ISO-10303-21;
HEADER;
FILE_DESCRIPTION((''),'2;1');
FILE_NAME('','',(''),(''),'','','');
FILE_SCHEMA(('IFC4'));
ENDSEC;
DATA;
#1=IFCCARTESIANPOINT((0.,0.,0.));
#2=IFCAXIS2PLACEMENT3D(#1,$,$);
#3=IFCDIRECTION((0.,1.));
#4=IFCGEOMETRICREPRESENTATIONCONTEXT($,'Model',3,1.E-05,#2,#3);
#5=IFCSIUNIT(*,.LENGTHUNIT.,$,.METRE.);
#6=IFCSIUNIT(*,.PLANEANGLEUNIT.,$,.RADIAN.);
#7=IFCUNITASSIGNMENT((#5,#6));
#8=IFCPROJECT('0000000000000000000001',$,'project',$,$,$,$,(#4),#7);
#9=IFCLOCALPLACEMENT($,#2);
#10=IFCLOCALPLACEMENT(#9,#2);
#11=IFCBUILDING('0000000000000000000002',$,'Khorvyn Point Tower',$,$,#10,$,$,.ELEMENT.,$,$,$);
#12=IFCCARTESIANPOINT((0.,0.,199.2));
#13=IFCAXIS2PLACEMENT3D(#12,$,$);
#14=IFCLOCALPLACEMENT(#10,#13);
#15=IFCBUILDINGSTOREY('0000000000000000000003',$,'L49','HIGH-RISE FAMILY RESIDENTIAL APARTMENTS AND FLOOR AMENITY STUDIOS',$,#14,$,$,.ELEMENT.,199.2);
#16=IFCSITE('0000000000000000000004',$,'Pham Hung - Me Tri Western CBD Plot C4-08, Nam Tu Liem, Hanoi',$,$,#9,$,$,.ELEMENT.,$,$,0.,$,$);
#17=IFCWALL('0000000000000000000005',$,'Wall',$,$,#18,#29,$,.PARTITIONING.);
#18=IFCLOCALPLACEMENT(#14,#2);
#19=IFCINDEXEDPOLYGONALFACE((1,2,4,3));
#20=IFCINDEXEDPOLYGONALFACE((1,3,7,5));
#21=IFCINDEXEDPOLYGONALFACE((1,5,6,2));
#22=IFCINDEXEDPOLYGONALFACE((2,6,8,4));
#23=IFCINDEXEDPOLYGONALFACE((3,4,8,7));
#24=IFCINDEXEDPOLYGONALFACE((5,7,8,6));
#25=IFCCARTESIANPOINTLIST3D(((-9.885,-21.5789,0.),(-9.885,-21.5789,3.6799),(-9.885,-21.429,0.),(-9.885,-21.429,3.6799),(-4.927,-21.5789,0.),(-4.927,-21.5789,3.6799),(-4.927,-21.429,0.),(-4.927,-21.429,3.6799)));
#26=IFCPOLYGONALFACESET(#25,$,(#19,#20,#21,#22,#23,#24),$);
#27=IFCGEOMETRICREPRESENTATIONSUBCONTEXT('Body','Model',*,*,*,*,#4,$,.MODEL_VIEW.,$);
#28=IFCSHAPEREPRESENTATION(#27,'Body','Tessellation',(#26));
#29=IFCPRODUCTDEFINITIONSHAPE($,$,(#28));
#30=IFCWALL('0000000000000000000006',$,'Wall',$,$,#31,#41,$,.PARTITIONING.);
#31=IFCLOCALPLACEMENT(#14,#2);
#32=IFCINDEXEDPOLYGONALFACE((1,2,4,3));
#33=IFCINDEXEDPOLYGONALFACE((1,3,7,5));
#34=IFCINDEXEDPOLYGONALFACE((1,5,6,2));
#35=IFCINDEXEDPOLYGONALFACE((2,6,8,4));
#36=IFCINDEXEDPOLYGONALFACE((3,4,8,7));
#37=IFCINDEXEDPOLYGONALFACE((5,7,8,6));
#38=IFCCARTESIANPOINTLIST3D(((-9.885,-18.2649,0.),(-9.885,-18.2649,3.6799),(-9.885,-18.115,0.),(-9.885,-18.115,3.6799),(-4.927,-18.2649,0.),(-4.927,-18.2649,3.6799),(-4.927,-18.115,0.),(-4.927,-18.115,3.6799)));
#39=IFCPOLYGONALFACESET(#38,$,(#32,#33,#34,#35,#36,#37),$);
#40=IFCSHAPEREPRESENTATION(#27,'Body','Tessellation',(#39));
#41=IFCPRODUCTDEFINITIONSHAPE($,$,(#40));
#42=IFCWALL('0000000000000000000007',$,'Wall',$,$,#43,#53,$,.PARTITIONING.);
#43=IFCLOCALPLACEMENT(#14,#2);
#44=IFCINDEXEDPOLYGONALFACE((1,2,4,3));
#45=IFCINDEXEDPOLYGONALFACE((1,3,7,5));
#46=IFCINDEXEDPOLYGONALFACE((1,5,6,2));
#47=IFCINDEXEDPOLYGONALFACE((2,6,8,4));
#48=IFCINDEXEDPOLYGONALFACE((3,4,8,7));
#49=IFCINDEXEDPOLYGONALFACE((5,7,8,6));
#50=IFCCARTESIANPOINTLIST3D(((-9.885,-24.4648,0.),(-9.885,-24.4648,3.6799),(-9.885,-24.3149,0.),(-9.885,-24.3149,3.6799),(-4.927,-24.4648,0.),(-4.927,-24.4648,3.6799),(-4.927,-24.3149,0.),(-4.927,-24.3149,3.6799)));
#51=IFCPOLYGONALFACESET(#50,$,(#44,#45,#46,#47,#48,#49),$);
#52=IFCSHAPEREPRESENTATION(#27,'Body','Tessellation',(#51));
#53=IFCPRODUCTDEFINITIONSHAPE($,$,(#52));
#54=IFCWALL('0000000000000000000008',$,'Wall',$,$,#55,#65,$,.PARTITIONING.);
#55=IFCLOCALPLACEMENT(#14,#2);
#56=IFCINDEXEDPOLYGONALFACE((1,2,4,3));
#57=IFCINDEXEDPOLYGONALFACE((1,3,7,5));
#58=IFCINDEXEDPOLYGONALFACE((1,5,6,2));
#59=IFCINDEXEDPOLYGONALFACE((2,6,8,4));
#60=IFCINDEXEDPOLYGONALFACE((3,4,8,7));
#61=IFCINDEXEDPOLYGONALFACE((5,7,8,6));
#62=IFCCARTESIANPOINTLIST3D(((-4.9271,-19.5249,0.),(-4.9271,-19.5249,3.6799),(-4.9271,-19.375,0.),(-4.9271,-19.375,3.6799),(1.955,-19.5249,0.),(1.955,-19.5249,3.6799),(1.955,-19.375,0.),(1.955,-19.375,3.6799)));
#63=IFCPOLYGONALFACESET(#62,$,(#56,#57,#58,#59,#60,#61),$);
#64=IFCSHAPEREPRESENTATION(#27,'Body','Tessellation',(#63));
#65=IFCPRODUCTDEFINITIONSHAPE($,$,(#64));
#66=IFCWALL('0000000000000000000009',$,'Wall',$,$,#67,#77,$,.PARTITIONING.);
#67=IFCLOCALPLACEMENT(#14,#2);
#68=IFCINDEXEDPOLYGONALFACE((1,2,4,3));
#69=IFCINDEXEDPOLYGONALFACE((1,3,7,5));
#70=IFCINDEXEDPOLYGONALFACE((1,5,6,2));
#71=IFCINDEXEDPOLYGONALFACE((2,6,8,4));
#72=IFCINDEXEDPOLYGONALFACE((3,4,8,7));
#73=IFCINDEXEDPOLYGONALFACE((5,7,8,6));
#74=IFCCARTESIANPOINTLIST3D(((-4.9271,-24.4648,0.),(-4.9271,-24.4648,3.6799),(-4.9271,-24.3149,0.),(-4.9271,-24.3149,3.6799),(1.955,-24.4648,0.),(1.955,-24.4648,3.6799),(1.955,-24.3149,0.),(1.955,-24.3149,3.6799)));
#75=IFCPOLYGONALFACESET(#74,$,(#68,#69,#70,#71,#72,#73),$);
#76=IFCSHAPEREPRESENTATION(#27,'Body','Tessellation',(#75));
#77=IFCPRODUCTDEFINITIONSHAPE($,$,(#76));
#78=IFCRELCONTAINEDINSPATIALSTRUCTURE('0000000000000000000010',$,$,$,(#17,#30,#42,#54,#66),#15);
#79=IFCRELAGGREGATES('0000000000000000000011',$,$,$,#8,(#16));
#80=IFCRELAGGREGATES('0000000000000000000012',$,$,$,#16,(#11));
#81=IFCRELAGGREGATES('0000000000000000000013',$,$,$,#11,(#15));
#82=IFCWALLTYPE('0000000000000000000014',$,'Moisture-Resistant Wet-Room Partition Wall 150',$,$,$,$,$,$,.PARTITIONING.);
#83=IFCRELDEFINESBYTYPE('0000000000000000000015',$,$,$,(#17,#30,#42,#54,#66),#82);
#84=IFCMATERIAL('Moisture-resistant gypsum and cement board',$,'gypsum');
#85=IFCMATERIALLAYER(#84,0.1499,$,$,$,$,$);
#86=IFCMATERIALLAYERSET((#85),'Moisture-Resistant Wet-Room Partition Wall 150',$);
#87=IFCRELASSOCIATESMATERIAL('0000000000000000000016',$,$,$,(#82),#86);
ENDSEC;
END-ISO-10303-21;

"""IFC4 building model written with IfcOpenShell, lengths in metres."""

from ifc_helpers import new_model, si_unit, direction, frame, frame_2d, origin, place, context, subcontext, project, spatial, rectangle, extrude, material, layer, layer_set, type_object, element, save


model = new_model("IFC4")

# Units and contexts
model_context = context("Model", 3, precision=1e-05, world=origin(), true_north=direction((0.0, 1.0)))
body_context = subcontext(model_context, "Body", "Model", "MODEL_VIEW")
ifc_project = project(units=[si_unit("LENGTHUNIT", "METRE"), si_unit("PLANEANGLEUNIT", "RADIAN")], contexts=[model_context])

# Site, building, storey
site_placement = place(None, origin())
site = spatial("IfcSite", under=ifc_project, at=site_placement, Name="Pham Hung - Me Tri Western CBD Plot C4-08, Nam Tu Liem, Hanoi", CompositionType="ELEMENT", RefElevation=0.0)
building_placement = place(site_placement, origin())
building = spatial("IfcBuilding", under=site, at=building_placement, Name="Khorvyn Point Tower", CompositionType="ELEMENT")
storey_placement = place(building_placement, frame((0.0, 0.0, 199.2)))
storey = spatial("IfcBuildingStorey", under=building, at=storey_placement, Name="L49", Description="HIGH-RISE FAMILY RESIDENTIAL APARTMENTS AND FLOOR AMENITY STUDIOS", CompositionType="ELEMENT", Elevation=199.2)

# Shared definitions
ifc_material_1 = material(Name="Moisture-resistant gypsum and cement board", Category="gypsum")
ifc_layer_1 = layer(ifc_material_1, 0.1499)
ifc_layer_set_1 = layer_set([ifc_layer_1], Name="Moisture-Resistant Wet-Room Partition Wall 150")
wall_type_1 = type_object("IfcWallType", Name="Moisture-Resistant Wet-Room Partition Wall 150", PredefinedType="PARTITIONING", material=ifc_layer_set_1)

# Walls
for number, where, z_axis, x_axis, name in (
    (1, (-9.885, -21.5039, 0.0), (0.0, 0.0, 1.0), (1.0, 0.0, 0.0), "Wall"),
    (2, (-9.885, -18.1899, 0.0), (0.0, 0.0, 1.0), (1.0, 0.0, 0.0), "Wall"),
    (3, (-9.885, -24.3899, 0.0), (0.0, 0.0, 1.0), (1.0, 0.0, 0.0), "Wall"),
):
    element("IfcWall", number, at=place(storey_placement, frame(where, z_axis=z_axis, x_axis=x_axis)), inside=storey, type_object=wall_type_1, Name=name, PredefinedType="PARTITIONING", context=body_context, shape_type="SweptSolid", body=[
        extrude(rectangle(XDim=4.958, YDim=0.1499, at=frame_2d((2.479, 0.0))), origin(), (0.0, 0.0, 1.0), 3.6799),
    ])
for number, where, z_axis, x_axis, name in (
    (4, (-4.927, -19.45, 0.0), (0.0, 0.0, 1.0), (1.0, 0.0, 0.0), "Wall"),
    (5, (-4.927, -24.3899, 0.0), (0.0, 0.0, 1.0), (1.0, 0.0, 0.0), "Wall"),
):
    element("IfcWall", number, at=place(storey_placement, frame(where, z_axis=z_axis, x_axis=x_axis)), inside=storey, type_object=wall_type_1, Name=name, PredefinedType="PARTITIONING", context=body_context, shape_type="SweptSolid", body=[
        extrude(rectangle(XDim=6.8821, YDim=0.1499, at=frame_2d((3.4409, 0.0))), origin(), (0.0, 0.0, 1.0), 3.6799),
    ])

save(model, "model.ifc")
